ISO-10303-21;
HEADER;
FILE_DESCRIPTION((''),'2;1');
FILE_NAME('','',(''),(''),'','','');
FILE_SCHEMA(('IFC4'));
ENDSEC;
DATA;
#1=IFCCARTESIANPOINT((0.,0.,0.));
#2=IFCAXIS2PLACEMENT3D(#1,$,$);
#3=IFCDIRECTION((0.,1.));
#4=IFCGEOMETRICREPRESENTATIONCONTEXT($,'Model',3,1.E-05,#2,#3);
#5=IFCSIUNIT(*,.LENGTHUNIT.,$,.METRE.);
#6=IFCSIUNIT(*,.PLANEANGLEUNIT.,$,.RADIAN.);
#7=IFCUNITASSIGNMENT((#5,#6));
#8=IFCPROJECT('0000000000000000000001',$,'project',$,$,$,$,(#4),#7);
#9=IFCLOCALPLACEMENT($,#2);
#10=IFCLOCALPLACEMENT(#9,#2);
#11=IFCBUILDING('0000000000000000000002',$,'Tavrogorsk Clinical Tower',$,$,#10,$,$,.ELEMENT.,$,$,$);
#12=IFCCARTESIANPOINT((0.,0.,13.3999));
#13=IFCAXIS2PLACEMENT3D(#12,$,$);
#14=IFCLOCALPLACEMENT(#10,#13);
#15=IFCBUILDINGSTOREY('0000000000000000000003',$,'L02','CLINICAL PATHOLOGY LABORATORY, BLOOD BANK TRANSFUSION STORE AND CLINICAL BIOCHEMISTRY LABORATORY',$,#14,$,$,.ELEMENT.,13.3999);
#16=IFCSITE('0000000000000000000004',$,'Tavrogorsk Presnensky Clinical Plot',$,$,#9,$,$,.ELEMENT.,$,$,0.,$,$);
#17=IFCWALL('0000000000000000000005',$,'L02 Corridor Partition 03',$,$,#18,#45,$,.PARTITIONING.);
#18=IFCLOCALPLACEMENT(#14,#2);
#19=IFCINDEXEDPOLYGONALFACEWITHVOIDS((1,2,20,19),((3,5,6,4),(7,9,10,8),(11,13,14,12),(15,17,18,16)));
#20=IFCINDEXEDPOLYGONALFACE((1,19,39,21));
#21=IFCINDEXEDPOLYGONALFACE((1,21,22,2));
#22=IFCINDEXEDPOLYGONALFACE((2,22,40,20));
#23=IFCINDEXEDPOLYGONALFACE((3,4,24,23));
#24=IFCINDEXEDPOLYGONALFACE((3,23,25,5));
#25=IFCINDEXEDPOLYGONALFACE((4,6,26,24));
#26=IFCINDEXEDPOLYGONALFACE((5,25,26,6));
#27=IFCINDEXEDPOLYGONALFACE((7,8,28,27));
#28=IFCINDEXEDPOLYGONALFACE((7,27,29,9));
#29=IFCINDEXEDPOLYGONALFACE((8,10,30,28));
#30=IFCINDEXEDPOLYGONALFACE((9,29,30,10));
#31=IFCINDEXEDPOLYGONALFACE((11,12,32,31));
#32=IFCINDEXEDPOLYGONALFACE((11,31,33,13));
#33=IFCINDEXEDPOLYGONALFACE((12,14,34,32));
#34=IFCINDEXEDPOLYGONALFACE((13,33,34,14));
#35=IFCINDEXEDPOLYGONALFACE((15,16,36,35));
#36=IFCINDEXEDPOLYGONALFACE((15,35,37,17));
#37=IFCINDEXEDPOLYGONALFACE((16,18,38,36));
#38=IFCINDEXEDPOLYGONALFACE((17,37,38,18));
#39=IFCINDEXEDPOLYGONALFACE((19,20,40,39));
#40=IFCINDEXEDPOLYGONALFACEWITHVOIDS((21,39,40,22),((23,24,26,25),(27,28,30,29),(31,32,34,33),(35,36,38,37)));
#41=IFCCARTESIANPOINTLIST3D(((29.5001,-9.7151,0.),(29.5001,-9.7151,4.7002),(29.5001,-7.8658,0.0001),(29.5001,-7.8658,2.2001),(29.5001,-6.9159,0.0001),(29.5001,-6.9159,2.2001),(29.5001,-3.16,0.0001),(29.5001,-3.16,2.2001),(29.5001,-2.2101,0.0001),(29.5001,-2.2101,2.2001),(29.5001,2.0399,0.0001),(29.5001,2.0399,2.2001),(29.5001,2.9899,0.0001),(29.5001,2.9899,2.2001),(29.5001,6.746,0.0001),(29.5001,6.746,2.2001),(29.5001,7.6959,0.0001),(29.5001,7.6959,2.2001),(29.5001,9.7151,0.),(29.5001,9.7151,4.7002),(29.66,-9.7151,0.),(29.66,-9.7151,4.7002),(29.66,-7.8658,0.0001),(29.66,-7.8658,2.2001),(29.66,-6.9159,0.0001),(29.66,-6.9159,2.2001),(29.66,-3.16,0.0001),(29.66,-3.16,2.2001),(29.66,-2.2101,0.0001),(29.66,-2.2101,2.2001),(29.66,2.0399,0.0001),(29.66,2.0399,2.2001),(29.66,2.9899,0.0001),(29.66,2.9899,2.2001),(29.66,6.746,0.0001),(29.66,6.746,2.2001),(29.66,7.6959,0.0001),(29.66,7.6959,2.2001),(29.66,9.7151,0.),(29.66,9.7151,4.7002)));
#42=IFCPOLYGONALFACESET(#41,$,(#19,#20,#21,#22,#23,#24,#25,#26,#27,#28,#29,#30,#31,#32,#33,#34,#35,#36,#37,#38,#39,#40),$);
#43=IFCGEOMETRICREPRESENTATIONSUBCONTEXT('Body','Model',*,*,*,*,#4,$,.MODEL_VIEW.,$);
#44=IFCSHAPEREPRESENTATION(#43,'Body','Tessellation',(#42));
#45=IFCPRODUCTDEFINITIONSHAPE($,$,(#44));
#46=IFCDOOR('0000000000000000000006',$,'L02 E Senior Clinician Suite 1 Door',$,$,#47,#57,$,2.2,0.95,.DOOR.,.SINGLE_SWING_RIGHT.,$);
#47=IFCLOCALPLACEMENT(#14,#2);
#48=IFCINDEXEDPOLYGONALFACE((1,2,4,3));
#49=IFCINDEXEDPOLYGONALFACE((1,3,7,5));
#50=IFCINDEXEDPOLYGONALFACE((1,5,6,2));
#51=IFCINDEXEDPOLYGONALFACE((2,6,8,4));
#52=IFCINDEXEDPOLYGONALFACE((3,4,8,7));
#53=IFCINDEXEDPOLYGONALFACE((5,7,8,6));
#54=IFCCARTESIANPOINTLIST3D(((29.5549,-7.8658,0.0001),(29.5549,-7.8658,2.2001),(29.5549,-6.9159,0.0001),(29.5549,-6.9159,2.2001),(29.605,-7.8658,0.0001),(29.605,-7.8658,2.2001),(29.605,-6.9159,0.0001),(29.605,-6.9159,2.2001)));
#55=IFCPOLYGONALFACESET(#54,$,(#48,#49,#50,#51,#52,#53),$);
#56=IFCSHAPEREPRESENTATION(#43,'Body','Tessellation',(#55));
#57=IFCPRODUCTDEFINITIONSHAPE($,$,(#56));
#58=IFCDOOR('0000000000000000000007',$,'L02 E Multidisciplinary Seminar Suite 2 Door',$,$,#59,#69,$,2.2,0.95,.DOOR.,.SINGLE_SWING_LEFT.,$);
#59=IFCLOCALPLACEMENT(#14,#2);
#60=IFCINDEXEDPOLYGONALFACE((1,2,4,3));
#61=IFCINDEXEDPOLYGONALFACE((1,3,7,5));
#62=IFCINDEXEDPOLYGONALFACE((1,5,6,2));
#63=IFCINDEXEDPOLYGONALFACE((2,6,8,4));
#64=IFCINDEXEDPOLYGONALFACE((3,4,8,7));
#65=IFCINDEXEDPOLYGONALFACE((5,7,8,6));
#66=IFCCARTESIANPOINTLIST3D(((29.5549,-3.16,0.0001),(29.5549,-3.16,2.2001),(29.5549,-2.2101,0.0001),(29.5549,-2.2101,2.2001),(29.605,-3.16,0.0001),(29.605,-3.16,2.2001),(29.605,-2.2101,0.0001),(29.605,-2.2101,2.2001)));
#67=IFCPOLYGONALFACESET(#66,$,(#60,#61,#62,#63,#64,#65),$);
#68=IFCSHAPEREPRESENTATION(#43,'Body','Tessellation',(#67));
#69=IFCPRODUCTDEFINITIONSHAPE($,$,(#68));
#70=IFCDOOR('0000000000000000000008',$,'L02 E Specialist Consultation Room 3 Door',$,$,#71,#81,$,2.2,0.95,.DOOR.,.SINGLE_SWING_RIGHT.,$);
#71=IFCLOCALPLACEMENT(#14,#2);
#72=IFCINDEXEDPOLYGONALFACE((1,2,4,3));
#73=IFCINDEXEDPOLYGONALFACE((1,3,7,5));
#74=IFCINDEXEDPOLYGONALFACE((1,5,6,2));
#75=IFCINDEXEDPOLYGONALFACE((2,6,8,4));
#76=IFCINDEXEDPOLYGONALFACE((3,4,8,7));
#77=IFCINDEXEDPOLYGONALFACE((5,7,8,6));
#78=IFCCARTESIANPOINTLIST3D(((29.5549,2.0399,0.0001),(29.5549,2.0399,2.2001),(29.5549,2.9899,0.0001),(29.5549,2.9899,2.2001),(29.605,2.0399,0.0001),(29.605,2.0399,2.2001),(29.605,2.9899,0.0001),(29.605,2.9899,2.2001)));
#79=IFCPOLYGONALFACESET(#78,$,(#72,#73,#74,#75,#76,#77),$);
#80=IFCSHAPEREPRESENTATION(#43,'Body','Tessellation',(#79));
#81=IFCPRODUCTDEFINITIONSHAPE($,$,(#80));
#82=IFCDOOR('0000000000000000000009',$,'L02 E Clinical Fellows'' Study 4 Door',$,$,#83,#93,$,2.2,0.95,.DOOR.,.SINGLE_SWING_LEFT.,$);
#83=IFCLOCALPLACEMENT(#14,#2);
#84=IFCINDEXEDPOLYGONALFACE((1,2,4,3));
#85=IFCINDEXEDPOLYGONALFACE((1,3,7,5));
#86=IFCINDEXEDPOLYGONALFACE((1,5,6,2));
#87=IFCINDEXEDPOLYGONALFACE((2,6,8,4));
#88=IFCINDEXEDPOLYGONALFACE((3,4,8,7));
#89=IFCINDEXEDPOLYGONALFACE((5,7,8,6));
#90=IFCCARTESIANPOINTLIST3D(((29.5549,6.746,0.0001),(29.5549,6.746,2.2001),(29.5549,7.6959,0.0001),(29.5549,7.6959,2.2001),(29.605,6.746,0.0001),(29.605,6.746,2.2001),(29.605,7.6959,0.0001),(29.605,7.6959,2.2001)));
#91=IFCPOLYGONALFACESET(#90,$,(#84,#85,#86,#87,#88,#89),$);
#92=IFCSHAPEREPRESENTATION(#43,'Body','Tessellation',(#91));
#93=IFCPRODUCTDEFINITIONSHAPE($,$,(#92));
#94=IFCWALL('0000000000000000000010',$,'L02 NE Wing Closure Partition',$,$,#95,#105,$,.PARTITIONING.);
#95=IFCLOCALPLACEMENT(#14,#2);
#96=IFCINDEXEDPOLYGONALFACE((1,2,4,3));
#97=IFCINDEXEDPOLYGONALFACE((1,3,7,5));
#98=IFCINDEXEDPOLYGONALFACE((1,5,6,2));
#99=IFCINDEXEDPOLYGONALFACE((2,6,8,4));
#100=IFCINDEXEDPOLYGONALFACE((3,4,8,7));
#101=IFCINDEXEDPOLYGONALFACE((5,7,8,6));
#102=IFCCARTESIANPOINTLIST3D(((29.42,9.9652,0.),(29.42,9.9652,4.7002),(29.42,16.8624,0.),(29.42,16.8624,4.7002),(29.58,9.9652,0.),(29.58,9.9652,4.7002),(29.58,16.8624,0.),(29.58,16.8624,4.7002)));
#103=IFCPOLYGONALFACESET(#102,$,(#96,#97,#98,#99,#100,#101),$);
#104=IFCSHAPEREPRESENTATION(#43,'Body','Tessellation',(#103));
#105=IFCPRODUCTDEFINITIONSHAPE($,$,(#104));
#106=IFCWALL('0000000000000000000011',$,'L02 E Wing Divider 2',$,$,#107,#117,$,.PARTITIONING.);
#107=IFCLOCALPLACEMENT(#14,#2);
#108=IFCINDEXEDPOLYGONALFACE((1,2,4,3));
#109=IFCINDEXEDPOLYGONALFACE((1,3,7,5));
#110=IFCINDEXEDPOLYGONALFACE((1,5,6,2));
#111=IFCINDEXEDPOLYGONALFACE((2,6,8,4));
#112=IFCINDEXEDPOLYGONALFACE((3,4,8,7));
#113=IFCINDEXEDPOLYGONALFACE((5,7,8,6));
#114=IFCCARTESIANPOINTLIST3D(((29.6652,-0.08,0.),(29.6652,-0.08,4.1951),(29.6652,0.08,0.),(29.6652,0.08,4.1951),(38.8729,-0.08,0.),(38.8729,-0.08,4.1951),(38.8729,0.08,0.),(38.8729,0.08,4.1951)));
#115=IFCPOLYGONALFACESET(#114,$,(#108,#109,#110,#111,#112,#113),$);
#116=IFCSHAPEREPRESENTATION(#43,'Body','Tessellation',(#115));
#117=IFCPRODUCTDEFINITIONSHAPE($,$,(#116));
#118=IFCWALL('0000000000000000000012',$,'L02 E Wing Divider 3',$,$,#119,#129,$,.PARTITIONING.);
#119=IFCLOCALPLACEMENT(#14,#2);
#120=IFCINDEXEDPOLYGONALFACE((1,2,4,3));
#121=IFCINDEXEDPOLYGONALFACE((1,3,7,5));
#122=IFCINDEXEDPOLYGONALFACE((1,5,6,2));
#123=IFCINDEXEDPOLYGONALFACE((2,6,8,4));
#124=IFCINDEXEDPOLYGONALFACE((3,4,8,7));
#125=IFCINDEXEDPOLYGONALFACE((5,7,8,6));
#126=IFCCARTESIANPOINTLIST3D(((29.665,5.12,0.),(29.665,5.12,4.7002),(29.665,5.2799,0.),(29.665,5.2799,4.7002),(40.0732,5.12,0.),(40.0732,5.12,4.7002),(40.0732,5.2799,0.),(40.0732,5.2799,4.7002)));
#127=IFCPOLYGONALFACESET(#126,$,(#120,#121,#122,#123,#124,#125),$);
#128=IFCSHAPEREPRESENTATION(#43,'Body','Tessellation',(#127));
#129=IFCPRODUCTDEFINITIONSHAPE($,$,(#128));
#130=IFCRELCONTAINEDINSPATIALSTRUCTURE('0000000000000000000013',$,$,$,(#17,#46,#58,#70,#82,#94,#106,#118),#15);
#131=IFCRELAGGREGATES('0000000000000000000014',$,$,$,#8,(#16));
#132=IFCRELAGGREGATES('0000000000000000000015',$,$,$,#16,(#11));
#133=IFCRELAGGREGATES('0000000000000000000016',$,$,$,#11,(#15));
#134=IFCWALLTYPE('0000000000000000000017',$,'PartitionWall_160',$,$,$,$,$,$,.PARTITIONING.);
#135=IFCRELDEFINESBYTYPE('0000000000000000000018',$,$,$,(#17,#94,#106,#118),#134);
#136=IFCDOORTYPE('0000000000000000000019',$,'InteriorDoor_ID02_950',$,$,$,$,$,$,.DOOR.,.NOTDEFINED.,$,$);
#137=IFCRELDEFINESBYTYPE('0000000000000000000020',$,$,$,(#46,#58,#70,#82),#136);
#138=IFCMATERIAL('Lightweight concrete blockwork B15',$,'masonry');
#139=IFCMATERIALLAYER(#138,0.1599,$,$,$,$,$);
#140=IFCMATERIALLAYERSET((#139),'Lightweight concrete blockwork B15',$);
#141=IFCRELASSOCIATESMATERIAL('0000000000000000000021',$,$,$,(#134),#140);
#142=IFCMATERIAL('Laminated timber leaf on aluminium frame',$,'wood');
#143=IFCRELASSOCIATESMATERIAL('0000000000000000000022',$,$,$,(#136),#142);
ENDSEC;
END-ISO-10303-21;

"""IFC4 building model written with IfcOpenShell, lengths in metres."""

from ifc_helpers import new_model, si_unit, direction, frame, frame_2d, origin, place, context, subcontext, project, spatial, rectangle, extrude, material, layer, layer_set, type_object, element, fill, save


model = new_model("IFC4")

# Units and contexts
model_context = context("Model", 3, precision=1e-05, world=origin(), true_north=direction((0.0, 1.0)))
body_context = subcontext(model_context, "Body", "Model", "MODEL_VIEW")
ifc_project = project(units=[si_unit("LENGTHUNIT", "METRE"), si_unit("PLANEANGLEUNIT", "RADIAN")], contexts=[model_context])

# Site, building, storey
site_placement = place(None, origin())
site = spatial("IfcSite", under=ifc_project, at=site_placement, Name="Tavrogorsk Presnensky Clinical Plot", CompositionType="ELEMENT", RefElevation=0.0)
building_placement = place(site_placement, origin())
building = spatial("IfcBuilding", under=site, at=building_placement, Name="Tavrogorsk Clinical Tower", CompositionType="ELEMENT")
storey_placement = place(building_placement, frame((0.0, 0.0, 13.3999)))
storey = spatial("IfcBuildingStorey", under=building, at=storey_placement, Name="L02", Description="CLINICAL PATHOLOGY LABORATORY, BLOOD BANK TRANSFUSION STORE AND CLINICAL BIOCHEMISTRY LABORATORY", CompositionType="ELEMENT", Elevation=13.3999)

# Shared definitions
ifc_material_1 = material(Name="Lightweight concrete blockwork B15", Category="masonry")
ifc_layer_1 = layer(ifc_material_1, 0.1599)
ifc_layer_set_1 = layer_set([ifc_layer_1], Name="Lightweight concrete blockwork B15")
wall_type_1 = type_object("IfcWallType", Name="PartitionWall_160", PredefinedType="PARTITIONING", material=ifc_layer_set_1)

# Wall, openings, doors
wall_1_placement = place(storey_placement, frame((29.5801, 9.7151, 0.0), z_axis=(0.0, 0.0, 1.0), x_axis=(0.0, -1.0, 0.0)))
wall_1 = element("IfcWall", 1, at=wall_1_placement, inside=storey, type_object=wall_type_1, Name="L02 Corridor Partition 03", PredefinedType="PARTITIONING", context=body_context, shape_type="SweptSolid", body=[
    extrude(rectangle(XDim=19.4302, YDim=0.1599, at=frame_2d((9.7151, 0.0))), origin(), (0.0, 0.0, 1.0), 4.7002),
])
opening_1_placement = place(wall_1_placement, frame((16.6309, 0.0, 0.0)))
opening_1 = element("IfcOpeningElement", 2, at=opening_1_placement, cuts=wall_1, PredefinedType="OPENING", context=body_context, shape_type="SweptSolid", body=[
    extrude(rectangle(XDim=0.95, YDim=2.2, at=frame_2d((0.4751, 1.1001))), frame((0.0, 0.0898, 0.0), z_axis=(0.0, -1.0, 0.0), x_axis=(1.0, 0.0, 0.0)), (0.0, 0.0, 1.0), 0.1799),
])
opening_2_placement = place(wall_1_placement, frame((11.925, 0.0, 0.0)))
opening_2 = element("IfcOpeningElement", 3, at=opening_2_placement, cuts=wall_1, PredefinedType="OPENING", context=body_context, shape_type="SweptSolid", body=[
    extrude(rectangle(XDim=0.95, YDim=2.2, at=frame_2d((0.4751, 1.1001))), frame((0.0, 0.0898, 0.0), z_axis=(0.0, -1.0, 0.0), x_axis=(1.0, 0.0, 0.0)), (0.0, 0.0, 1.0), 0.1799),
])
opening_3_placement = place(wall_1_placement, frame((6.7251, 0.0, 0.0)))
opening_3 = element("IfcOpeningElement", 4, at=opening_3_placement, cuts=wall_1, PredefinedType="OPENING", context=body_context, shape_type="SweptSolid", body=[
    extrude(rectangle(XDim=0.95, YDim=2.2, at=frame_2d((0.4751, 1.1001))), frame((0.0, 0.0898, 0.0), z_axis=(0.0, -1.0, 0.0), x_axis=(1.0, 0.0, 0.0)), (0.0, 0.0, 1.0), 0.1799),
])
opening_4_placement = place(wall_1_placement, frame((2.019, 0.0, 0.0)))
opening_4 = element("IfcOpeningElement", 5, at=opening_4_placement, cuts=wall_1, PredefinedType="OPENING", context=body_context, shape_type="SweptSolid", body=[
    extrude(rectangle(XDim=0.95, YDim=2.2, at=frame_2d((0.4751, 1.1001))), frame((0.0, 0.0898, 0.0), z_axis=(0.0, -1.0, 0.0), x_axis=(1.0, 0.0, 0.0)), (0.0, 0.0, 1.0), 0.1799),
])
ifc_material_2 = material(Name="Laminated timber leaf on aluminium frame", Category="wood")
door_type = type_object("IfcDoorType", Name="InteriorDoor_ID02_950", OperationType="NOTDEFINED", PredefinedType="DOOR", material=ifc_material_2)
door_1_placement = place(opening_1_placement, origin())
door_1 = element("IfcDoor", 6, at=door_1_placement, inside=storey, type_object=door_type, Name="L02 E Senior Clinician Suite 1 Door", OperationType="SINGLE_SWING_RIGHT", OverallHeight=2.2, OverallWidth=0.95, PredefinedType="DOOR", context=body_context, shape_type="SweptSolid", body=[
    extrude(rectangle(XDim=0.95, YDim=2.2, at=frame_2d((0.4751, 1.1001))), frame((0.0, 0.0249, 0.0), z_axis=(0.0, -1.0, 0.0), x_axis=(1.0, 0.0, 0.0)), (0.0, 0.0, 1.0), 0.05),
])
fill(opening_1, door_1)
door_2_placement = place(opening_2_placement, origin())
door_2 = element("IfcDoor", 7, at=door_2_placement, inside=storey, type_object=door_type, Name="L02 E Multidisciplinary Seminar Suite 2 Door", OperationType="SINGLE_SWING_LEFT", OverallHeight=2.2, OverallWidth=0.95, PredefinedType="DOOR", context=body_context, shape_type="SweptSolid", body=[
    extrude(rectangle(XDim=0.95, YDim=2.2, at=frame_2d((0.4751, 1.1001))), frame((0.0, 0.0249, 0.0), z_axis=(0.0, -1.0, 0.0), x_axis=(1.0, 0.0, 0.0)), (0.0, 0.0, 1.0), 0.05),
])
fill(opening_2, door_2)
door_3_placement = place(opening_3_placement, origin())
door_3 = element("IfcDoor", 8, at=door_3_placement, inside=storey, type_object=door_type, Name="L02 E Specialist Consultation Room 3 Door", OperationType="SINGLE_SWING_RIGHT", OverallHeight=2.2, OverallWidth=0.95, PredefinedType="DOOR", context=body_context, shape_type="SweptSolid", body=[
    extrude(rectangle(XDim=0.95, YDim=2.2, at=frame_2d((0.4751, 1.1001))), frame((0.0, 0.0249, 0.0), z_axis=(0.0, -1.0, 0.0), x_axis=(1.0, 0.0, 0.0)), (0.0, 0.0, 1.0), 0.05),
])
fill(opening_3, door_3)
door_4_placement = place(opening_4_placement, origin())
door_4 = element("IfcDoor", 9, at=door_4_placement, inside=storey, type_object=door_type, Name="L02 E Clinical Fellows' Study 4 Door", OperationType="SINGLE_SWING_LEFT", OverallHeight=2.2, OverallWidth=0.95, PredefinedType="DOOR", context=body_context, shape_type="SweptSolid", body=[
    extrude(rectangle(XDim=0.95, YDim=2.2, at=frame_2d((0.4751, 1.1001))), frame((0.0, 0.0249, 0.0), z_axis=(0.0, -1.0, 0.0), x_axis=(1.0, 0.0, 0.0)), (0.0, 0.0, 1.0), 0.05),
])
fill(opening_4, door_4)

# Walls
wall_2_placement = place(storey_placement, frame((29.5, 9.9651, 0.0), z_axis=(0.0, 0.0, 1.0), x_axis=(0.0, 1.0, 0.0)))
element("IfcWall", 10, at=wall_2_placement, inside=storey, type_object=wall_type_1, Name="L02 NE Wing Closure Partition", PredefinedType="PARTITIONING", context=body_context, shape_type="SweptSolid", body=[
    extrude(rectangle(XDim=6.8972, YDim=0.1599, at=frame_2d((3.4487, 0.0))), origin(), (0.0, 0.0, 1.0), 4.7002),
])
wall_3_placement = place(storey_placement, frame((29.665, 0.0, 0.0), z_axis=(0.0, 0.0, 1.0), x_axis=(1.0, 0.0, 0.0)))
element("IfcWall", 11, at=wall_3_placement, inside=storey, type_object=wall_type_1, Name="L02 E Wing Divider 2", PredefinedType="PARTITIONING", context=body_context, shape_type="SweptSolid", body=[
    extrude(rectangle(XDim=9.2078, YDim=0.1599, at=frame_2d((4.604, 0.0))), origin(), (0.0, 0.0, 1.0), 4.1951),
])
wall_4_placement = place(storey_placement, frame((29.665, 5.2, 0.0), z_axis=(0.0, 0.0, 1.0), x_axis=(1.0, 0.0, 0.0)))
element("IfcWall", 12, at=wall_4_placement, inside=storey, type_object=wall_type_1, Name="L02 E Wing Divider 3", PredefinedType="PARTITIONING", context=body_context, shape_type="SweptSolid", body=[
    extrude(rectangle(XDim=10.4082, YDim=0.1599, at=frame_2d((5.2041, 0.0))), origin(), (0.0, 0.0, 1.0), 4.7002),
])

save(model, "model.ifc")
